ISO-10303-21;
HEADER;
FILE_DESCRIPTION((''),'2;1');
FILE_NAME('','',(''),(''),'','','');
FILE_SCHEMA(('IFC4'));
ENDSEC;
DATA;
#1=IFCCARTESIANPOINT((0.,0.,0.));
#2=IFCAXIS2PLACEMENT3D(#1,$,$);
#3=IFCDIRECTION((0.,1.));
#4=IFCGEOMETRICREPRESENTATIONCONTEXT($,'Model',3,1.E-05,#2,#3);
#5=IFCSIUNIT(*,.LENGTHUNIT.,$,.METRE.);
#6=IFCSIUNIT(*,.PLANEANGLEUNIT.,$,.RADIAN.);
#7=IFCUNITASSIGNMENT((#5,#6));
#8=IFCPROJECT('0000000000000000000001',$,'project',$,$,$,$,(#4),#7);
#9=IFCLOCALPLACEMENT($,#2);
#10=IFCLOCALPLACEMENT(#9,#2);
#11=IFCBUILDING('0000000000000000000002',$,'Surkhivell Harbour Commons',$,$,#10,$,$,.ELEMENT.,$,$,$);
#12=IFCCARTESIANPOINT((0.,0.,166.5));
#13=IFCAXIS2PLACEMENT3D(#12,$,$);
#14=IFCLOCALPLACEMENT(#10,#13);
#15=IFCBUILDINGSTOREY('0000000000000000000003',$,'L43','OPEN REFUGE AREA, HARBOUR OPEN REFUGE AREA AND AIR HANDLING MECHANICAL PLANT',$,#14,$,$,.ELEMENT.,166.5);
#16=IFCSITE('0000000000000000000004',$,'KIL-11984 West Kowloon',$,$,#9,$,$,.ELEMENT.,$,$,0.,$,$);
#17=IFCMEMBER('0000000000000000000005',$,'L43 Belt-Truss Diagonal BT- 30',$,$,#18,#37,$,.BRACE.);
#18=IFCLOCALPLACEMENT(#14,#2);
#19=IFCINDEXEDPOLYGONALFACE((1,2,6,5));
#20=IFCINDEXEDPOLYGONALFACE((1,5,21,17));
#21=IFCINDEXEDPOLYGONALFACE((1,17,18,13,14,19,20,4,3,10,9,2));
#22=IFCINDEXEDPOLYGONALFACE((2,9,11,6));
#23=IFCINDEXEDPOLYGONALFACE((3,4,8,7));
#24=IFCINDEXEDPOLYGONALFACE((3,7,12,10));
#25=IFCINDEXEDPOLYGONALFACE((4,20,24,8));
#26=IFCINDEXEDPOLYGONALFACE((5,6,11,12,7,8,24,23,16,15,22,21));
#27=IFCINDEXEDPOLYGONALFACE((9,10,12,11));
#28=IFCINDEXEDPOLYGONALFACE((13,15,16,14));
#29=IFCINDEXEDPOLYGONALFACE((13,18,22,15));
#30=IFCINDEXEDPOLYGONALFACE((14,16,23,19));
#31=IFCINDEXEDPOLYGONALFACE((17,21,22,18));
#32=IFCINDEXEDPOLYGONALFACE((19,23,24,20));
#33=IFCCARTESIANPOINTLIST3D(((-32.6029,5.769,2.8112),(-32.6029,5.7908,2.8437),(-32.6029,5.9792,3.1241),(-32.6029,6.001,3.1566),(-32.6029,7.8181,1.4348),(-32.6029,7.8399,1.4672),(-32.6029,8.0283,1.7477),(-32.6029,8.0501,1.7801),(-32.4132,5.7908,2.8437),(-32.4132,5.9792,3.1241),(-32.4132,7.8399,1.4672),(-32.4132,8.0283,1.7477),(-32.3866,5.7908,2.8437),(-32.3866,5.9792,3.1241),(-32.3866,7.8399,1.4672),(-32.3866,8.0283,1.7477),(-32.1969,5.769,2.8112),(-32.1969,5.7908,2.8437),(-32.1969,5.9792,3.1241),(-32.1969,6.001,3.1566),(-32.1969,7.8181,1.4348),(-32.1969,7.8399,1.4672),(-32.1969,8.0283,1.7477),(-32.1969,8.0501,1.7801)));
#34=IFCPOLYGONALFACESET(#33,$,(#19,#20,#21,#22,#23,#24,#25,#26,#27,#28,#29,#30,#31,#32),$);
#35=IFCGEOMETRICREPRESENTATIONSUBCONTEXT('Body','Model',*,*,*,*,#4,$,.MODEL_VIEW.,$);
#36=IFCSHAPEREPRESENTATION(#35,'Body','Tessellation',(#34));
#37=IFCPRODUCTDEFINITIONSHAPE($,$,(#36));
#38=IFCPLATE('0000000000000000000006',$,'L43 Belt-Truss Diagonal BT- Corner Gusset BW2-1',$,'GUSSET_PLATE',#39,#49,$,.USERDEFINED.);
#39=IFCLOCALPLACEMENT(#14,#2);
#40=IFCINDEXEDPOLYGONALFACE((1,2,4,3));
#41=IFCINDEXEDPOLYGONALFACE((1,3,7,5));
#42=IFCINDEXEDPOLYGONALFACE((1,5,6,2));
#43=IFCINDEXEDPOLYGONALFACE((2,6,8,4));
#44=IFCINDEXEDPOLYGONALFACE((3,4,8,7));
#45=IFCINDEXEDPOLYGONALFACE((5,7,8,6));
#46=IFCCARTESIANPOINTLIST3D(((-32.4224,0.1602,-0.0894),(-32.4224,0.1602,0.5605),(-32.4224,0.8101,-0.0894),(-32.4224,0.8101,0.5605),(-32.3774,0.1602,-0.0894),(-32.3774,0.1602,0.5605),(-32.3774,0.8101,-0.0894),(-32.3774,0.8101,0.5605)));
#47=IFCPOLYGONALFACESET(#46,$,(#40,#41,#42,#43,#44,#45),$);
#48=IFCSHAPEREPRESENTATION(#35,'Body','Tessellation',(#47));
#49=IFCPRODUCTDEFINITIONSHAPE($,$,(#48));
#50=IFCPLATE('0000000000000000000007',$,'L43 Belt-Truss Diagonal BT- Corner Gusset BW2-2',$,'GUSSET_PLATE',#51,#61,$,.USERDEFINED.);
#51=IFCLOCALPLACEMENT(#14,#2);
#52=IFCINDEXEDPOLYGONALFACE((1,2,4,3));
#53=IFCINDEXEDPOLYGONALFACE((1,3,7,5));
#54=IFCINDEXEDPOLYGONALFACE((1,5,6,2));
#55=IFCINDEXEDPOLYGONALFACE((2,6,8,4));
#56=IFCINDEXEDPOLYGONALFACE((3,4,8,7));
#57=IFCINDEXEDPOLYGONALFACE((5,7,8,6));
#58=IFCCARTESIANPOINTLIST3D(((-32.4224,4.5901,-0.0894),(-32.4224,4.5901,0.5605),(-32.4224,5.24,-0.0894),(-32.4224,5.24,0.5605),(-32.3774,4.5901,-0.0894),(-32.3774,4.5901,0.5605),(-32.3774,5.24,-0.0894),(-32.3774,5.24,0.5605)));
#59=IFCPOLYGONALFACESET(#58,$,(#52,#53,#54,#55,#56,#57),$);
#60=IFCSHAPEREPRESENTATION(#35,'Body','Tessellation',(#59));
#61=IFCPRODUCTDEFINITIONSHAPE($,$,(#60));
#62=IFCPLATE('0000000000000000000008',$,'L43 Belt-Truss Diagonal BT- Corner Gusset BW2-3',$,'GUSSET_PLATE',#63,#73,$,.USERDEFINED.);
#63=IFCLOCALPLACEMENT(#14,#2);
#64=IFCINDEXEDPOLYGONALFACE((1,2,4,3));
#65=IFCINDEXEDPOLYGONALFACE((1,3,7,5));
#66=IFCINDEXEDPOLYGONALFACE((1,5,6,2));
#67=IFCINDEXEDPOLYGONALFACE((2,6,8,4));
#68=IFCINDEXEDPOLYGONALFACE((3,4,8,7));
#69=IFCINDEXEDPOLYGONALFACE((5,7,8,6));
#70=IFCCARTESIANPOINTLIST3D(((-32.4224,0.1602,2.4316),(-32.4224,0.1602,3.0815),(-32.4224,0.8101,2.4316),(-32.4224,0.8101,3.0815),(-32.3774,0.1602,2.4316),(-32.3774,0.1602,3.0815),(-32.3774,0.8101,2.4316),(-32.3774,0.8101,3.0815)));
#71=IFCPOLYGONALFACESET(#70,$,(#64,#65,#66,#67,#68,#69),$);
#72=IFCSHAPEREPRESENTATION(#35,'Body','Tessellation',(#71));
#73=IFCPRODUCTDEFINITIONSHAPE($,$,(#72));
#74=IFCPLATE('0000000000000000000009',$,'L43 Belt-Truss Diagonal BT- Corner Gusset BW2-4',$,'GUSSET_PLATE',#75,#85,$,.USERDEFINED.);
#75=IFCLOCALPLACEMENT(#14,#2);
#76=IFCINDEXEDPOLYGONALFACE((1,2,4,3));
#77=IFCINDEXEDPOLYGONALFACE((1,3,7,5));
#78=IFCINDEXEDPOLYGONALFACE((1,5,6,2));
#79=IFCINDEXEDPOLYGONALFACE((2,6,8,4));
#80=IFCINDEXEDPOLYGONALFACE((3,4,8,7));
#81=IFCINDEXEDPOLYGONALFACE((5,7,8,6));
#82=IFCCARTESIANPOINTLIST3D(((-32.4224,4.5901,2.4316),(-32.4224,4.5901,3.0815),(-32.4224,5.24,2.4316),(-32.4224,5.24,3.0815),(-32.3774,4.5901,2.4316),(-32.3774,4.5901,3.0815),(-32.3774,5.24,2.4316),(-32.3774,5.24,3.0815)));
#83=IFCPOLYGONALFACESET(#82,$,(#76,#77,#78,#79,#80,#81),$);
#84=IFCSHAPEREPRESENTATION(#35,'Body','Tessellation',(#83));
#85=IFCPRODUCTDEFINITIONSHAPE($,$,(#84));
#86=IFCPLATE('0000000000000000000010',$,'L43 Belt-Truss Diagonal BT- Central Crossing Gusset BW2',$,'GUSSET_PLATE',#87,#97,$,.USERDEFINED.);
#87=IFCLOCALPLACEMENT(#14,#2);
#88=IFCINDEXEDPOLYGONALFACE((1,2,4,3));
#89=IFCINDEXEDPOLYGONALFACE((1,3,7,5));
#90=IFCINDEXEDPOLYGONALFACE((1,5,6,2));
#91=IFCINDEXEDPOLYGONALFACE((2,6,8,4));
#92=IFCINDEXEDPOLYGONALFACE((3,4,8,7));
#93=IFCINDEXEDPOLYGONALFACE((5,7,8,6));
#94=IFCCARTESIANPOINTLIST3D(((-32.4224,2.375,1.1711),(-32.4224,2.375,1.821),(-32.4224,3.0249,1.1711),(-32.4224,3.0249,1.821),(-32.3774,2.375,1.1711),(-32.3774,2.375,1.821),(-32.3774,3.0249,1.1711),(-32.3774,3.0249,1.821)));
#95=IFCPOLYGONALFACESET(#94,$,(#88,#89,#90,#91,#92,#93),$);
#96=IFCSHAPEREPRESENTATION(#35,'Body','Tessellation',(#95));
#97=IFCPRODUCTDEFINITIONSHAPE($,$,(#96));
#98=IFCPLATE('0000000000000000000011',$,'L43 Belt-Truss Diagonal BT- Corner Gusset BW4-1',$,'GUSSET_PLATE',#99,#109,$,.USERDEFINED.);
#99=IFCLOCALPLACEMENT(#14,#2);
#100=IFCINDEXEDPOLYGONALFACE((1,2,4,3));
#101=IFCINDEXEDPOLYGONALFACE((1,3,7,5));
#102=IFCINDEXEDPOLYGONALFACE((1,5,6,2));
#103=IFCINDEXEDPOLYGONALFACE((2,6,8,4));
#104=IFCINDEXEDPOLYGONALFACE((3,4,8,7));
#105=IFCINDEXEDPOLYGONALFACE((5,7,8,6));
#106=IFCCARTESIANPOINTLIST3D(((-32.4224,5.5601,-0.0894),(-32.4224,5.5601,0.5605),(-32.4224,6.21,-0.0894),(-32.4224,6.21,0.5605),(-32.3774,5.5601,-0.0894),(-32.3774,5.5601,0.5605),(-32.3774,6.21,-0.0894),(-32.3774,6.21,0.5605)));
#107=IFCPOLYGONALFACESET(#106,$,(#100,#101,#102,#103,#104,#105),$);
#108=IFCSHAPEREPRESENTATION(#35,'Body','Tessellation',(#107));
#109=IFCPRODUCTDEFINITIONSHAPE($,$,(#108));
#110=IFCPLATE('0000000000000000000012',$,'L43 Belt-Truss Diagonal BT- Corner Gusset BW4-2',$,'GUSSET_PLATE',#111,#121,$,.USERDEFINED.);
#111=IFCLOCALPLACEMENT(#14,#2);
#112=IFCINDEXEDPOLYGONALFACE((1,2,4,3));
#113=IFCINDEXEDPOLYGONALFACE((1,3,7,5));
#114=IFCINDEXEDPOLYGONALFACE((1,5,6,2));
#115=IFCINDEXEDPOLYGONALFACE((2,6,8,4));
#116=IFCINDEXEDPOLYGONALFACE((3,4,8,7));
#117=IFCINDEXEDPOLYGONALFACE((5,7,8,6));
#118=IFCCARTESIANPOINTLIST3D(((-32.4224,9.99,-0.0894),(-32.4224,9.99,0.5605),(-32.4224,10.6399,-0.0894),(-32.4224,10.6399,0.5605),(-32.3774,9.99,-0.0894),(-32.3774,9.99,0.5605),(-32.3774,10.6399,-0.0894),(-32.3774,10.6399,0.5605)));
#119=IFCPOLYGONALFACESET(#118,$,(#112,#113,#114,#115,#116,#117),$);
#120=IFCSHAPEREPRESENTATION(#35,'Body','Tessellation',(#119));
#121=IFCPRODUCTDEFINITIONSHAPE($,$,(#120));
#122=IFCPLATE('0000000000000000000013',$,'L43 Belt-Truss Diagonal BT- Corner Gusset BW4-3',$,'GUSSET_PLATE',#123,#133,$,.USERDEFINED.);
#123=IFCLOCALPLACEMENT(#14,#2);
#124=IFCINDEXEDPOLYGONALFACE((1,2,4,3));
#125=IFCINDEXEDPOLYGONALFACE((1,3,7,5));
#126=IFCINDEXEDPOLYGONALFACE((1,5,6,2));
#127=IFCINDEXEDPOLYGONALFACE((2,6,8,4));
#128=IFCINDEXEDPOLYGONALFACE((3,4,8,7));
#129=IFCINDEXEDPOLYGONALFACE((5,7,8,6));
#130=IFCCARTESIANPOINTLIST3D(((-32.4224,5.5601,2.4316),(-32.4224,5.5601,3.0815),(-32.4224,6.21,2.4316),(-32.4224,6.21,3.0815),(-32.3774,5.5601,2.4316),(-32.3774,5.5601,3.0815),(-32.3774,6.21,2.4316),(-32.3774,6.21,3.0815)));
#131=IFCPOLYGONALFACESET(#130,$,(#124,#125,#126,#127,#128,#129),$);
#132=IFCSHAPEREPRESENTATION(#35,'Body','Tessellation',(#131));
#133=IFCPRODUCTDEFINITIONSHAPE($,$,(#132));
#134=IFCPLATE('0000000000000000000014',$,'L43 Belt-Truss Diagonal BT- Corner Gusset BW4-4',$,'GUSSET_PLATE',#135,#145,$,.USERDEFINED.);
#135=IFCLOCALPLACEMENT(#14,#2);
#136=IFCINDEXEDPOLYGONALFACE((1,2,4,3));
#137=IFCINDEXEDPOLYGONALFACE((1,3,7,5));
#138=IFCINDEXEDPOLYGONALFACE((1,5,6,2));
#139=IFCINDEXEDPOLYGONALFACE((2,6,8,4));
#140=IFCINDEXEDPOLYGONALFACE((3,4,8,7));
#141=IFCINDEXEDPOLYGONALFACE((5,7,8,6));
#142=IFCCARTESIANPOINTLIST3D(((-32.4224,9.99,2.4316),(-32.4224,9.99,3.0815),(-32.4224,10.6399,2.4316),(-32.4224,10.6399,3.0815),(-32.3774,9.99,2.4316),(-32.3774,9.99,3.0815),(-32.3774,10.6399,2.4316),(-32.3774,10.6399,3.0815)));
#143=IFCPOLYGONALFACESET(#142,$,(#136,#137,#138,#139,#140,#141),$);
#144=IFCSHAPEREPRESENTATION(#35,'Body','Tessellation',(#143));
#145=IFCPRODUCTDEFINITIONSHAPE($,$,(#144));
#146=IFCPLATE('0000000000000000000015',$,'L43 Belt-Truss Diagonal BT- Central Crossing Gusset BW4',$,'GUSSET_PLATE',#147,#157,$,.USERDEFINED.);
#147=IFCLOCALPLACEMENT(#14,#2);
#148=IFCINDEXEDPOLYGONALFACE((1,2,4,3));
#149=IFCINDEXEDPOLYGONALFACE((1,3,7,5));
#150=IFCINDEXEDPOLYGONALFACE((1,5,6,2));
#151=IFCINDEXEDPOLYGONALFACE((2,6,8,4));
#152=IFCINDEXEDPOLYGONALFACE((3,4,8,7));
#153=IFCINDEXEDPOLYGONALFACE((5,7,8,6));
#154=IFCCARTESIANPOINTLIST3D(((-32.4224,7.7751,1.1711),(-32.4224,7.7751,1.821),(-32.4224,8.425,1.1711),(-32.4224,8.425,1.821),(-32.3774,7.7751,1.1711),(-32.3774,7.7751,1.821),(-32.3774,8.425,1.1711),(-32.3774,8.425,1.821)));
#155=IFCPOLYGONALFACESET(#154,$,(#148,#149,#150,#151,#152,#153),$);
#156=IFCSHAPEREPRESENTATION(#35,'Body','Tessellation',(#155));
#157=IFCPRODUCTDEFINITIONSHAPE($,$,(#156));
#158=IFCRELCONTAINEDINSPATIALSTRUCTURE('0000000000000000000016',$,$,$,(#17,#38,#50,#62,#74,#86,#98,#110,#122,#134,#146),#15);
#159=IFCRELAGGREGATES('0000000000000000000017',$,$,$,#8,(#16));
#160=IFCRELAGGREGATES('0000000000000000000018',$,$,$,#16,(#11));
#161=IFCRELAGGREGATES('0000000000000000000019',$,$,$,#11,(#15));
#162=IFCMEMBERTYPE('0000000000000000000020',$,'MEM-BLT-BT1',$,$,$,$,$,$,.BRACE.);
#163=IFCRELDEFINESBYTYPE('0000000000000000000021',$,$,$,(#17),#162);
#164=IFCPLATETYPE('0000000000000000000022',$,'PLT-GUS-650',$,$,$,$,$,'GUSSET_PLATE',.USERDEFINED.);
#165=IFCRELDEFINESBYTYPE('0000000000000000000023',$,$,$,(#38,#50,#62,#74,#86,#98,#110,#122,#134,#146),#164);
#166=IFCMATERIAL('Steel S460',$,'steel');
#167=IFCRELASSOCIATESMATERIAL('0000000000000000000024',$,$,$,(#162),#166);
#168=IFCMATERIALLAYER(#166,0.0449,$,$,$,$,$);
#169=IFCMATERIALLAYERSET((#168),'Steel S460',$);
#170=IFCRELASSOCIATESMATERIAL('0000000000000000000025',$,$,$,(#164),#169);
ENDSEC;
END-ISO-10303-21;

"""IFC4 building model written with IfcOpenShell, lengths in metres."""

from ifc_helpers import new_model, si_unit, direction, frame, origin, origin_2d, place, context, subcontext, project, spatial, rectangle, i_section, extrude, material, layer, layer_set, material_profile, profile_set, type_object, element, save


model = new_model("IFC4")

# Units and contexts
model_context = context("Model", 3, precision=1e-05, world=origin(), true_north=direction((0.0, 1.0)))
body_context = subcontext(model_context, "Body", "Model", "MODEL_VIEW")
ifc_project = project(units=[si_unit("LENGTHUNIT", "METRE"), si_unit("PLANEANGLEUNIT", "RADIAN")], contexts=[model_context])

# Site, building, storey
site_placement = place(None, origin())
site = spatial("IfcSite", under=ifc_project, at=site_placement, Name="KIL-11984 West Kowloon", CompositionType="ELEMENT", RefElevation=0.0)
building_placement = place(site_placement, origin())
building = spatial("IfcBuilding", under=site, at=building_placement, Name="Surkhivell Harbour Commons", CompositionType="ELEMENT")
storey_placement = place(building_placement, frame((0.0, 0.0, 166.5)))
storey = spatial("IfcBuildingStorey", under=building, at=storey_placement, Name="L43", Description="OPEN REFUGE AREA, HARBOUR OPEN REFUGE AREA AND AIR HANDLING MECHANICAL PLANT", CompositionType="ELEMENT", Elevation=166.5)

# Shared definitions
ifc_material_1 = material(Name="Steel S460", Category="steel")

# Member
ifc_material_profile_1 = material_profile(ifc_material_1, i_section(OverallWidth=0.406, OverallDepth=0.416, WebThickness=0.0266, FlangeThickness=0.0391, at=origin_2d()), Name="HD400x382")
ifc_profile_set_1 = profile_set([ifc_material_profile_1], Name="Steel S460")
member_type = type_object("IfcMemberType", Name="MEM-BLT-BT1", PredefinedType="BRACE", material=ifc_profile_set_1)
for number, where, z_axis, x_axis, name in (
    (1, (-32.3999, 7.9341, 1.6074), (0.0, -0.830098, 0.557618), (1.0, 0.0, 0.0), "L43 Belt-Truss Diagonal BT- 30"),
):
    element("IfcMember", number, at=place(storey_placement, frame(where, z_axis=z_axis, x_axis=x_axis)), inside=storey, type_object=member_type, Name=name, PredefinedType="BRACE", context=body_context, shape_type="SweptSolid", body=[
        extrude(i_section(OverallWidth=0.406, OverallDepth=0.416, WebThickness=0.0266, FlangeThickness=0.0391, at=origin_2d()), origin(), (0.0, 0.0, 1.0), 2.4685),
    ])

# Plates
ifc_layer = layer(ifc_material_1, 0.0449)
ifc_layer_set = layer_set([ifc_layer], Name="Steel S460")
plate_type = type_object("IfcPlateType", Name="PLT-GUS-650", ElementType="GUSSET_PLATE", PredefinedType="USERDEFINED", material=ifc_layer_set)
for number, where, z_axis, x_axis, name in (
    (2, (-32.3999, 0.4851, -0.0894), (0.0, 0.0, 1.0), (0.0, 1.0, 0.0), "L43 Belt-Truss Diagonal BT- Corner Gusset BW2-1"),
    (3, (-32.3999, 4.915, -0.0894), (0.0, 0.0, 1.0), (0.0, 1.0, 0.0), "L43 Belt-Truss Diagonal BT- Corner Gusset BW2-2"),
    (4, (-32.3999, 0.4851, 2.4316), (0.0, 0.0, 1.0), (0.0, 1.0, 0.0), "L43 Belt-Truss Diagonal BT- Corner Gusset BW2-3"),
    (5, (-32.3999, 4.915, 2.4316), (0.0, 0.0, 1.0), (0.0, 1.0, 0.0), "L43 Belt-Truss Diagonal BT- Corner Gusset BW2-4"),
    (6, (-32.3999, 2.7, 1.1711), (0.0, 0.0, 1.0), (0.0, 1.0, 0.0), "L43 Belt-Truss Diagonal BT- Central Crossing Gusset BW2"),
    (7, (-32.3999, 5.885, -0.0894), (0.0, 0.0, 1.0), (0.0, 1.0, 0.0), "L43 Belt-Truss Diagonal BT- Corner Gusset BW4-1"),
    (8, (-32.3999, 10.3149, -0.0894), (0.0, 0.0, 1.0), (0.0, 1.0, 0.0), "L43 Belt-Truss Diagonal BT- Corner Gusset BW4-2"),
    (9, (-32.3999, 5.885, 2.4316), (0.0, 0.0, 1.0), (0.0, 1.0, 0.0), "L43 Belt-Truss Diagonal BT- Corner Gusset BW4-3"),
    (10, (-32.3999, 10.3149, 2.4316), (0.0, 0.0, 1.0), (0.0, 1.0, 0.0), "L43 Belt-Truss Diagonal BT- Corner Gusset BW4-4"),
    (11, (-32.3999, 8.1001, 1.1711), (0.0, 0.0, 1.0), (0.0, 1.0, 0.0), "L43 Belt-Truss Diagonal BT- Central Crossing Gusset BW4"),
):
    element("IfcPlate", number, at=place(storey_placement, frame(where, z_axis=z_axis, x_axis=x_axis)), inside=storey, type_object=plate_type, Name=name, ObjectType="GUSSET_PLATE", PredefinedType="USERDEFINED", context=body_context, shape_type="SweptSolid", body=[
        extrude(rectangle(XDim=0.6499, YDim=0.0449, at=origin_2d()), origin(), (0.0, 0.0, 1.0), 0.6499),
    ])

save(model, "model.ifc")
